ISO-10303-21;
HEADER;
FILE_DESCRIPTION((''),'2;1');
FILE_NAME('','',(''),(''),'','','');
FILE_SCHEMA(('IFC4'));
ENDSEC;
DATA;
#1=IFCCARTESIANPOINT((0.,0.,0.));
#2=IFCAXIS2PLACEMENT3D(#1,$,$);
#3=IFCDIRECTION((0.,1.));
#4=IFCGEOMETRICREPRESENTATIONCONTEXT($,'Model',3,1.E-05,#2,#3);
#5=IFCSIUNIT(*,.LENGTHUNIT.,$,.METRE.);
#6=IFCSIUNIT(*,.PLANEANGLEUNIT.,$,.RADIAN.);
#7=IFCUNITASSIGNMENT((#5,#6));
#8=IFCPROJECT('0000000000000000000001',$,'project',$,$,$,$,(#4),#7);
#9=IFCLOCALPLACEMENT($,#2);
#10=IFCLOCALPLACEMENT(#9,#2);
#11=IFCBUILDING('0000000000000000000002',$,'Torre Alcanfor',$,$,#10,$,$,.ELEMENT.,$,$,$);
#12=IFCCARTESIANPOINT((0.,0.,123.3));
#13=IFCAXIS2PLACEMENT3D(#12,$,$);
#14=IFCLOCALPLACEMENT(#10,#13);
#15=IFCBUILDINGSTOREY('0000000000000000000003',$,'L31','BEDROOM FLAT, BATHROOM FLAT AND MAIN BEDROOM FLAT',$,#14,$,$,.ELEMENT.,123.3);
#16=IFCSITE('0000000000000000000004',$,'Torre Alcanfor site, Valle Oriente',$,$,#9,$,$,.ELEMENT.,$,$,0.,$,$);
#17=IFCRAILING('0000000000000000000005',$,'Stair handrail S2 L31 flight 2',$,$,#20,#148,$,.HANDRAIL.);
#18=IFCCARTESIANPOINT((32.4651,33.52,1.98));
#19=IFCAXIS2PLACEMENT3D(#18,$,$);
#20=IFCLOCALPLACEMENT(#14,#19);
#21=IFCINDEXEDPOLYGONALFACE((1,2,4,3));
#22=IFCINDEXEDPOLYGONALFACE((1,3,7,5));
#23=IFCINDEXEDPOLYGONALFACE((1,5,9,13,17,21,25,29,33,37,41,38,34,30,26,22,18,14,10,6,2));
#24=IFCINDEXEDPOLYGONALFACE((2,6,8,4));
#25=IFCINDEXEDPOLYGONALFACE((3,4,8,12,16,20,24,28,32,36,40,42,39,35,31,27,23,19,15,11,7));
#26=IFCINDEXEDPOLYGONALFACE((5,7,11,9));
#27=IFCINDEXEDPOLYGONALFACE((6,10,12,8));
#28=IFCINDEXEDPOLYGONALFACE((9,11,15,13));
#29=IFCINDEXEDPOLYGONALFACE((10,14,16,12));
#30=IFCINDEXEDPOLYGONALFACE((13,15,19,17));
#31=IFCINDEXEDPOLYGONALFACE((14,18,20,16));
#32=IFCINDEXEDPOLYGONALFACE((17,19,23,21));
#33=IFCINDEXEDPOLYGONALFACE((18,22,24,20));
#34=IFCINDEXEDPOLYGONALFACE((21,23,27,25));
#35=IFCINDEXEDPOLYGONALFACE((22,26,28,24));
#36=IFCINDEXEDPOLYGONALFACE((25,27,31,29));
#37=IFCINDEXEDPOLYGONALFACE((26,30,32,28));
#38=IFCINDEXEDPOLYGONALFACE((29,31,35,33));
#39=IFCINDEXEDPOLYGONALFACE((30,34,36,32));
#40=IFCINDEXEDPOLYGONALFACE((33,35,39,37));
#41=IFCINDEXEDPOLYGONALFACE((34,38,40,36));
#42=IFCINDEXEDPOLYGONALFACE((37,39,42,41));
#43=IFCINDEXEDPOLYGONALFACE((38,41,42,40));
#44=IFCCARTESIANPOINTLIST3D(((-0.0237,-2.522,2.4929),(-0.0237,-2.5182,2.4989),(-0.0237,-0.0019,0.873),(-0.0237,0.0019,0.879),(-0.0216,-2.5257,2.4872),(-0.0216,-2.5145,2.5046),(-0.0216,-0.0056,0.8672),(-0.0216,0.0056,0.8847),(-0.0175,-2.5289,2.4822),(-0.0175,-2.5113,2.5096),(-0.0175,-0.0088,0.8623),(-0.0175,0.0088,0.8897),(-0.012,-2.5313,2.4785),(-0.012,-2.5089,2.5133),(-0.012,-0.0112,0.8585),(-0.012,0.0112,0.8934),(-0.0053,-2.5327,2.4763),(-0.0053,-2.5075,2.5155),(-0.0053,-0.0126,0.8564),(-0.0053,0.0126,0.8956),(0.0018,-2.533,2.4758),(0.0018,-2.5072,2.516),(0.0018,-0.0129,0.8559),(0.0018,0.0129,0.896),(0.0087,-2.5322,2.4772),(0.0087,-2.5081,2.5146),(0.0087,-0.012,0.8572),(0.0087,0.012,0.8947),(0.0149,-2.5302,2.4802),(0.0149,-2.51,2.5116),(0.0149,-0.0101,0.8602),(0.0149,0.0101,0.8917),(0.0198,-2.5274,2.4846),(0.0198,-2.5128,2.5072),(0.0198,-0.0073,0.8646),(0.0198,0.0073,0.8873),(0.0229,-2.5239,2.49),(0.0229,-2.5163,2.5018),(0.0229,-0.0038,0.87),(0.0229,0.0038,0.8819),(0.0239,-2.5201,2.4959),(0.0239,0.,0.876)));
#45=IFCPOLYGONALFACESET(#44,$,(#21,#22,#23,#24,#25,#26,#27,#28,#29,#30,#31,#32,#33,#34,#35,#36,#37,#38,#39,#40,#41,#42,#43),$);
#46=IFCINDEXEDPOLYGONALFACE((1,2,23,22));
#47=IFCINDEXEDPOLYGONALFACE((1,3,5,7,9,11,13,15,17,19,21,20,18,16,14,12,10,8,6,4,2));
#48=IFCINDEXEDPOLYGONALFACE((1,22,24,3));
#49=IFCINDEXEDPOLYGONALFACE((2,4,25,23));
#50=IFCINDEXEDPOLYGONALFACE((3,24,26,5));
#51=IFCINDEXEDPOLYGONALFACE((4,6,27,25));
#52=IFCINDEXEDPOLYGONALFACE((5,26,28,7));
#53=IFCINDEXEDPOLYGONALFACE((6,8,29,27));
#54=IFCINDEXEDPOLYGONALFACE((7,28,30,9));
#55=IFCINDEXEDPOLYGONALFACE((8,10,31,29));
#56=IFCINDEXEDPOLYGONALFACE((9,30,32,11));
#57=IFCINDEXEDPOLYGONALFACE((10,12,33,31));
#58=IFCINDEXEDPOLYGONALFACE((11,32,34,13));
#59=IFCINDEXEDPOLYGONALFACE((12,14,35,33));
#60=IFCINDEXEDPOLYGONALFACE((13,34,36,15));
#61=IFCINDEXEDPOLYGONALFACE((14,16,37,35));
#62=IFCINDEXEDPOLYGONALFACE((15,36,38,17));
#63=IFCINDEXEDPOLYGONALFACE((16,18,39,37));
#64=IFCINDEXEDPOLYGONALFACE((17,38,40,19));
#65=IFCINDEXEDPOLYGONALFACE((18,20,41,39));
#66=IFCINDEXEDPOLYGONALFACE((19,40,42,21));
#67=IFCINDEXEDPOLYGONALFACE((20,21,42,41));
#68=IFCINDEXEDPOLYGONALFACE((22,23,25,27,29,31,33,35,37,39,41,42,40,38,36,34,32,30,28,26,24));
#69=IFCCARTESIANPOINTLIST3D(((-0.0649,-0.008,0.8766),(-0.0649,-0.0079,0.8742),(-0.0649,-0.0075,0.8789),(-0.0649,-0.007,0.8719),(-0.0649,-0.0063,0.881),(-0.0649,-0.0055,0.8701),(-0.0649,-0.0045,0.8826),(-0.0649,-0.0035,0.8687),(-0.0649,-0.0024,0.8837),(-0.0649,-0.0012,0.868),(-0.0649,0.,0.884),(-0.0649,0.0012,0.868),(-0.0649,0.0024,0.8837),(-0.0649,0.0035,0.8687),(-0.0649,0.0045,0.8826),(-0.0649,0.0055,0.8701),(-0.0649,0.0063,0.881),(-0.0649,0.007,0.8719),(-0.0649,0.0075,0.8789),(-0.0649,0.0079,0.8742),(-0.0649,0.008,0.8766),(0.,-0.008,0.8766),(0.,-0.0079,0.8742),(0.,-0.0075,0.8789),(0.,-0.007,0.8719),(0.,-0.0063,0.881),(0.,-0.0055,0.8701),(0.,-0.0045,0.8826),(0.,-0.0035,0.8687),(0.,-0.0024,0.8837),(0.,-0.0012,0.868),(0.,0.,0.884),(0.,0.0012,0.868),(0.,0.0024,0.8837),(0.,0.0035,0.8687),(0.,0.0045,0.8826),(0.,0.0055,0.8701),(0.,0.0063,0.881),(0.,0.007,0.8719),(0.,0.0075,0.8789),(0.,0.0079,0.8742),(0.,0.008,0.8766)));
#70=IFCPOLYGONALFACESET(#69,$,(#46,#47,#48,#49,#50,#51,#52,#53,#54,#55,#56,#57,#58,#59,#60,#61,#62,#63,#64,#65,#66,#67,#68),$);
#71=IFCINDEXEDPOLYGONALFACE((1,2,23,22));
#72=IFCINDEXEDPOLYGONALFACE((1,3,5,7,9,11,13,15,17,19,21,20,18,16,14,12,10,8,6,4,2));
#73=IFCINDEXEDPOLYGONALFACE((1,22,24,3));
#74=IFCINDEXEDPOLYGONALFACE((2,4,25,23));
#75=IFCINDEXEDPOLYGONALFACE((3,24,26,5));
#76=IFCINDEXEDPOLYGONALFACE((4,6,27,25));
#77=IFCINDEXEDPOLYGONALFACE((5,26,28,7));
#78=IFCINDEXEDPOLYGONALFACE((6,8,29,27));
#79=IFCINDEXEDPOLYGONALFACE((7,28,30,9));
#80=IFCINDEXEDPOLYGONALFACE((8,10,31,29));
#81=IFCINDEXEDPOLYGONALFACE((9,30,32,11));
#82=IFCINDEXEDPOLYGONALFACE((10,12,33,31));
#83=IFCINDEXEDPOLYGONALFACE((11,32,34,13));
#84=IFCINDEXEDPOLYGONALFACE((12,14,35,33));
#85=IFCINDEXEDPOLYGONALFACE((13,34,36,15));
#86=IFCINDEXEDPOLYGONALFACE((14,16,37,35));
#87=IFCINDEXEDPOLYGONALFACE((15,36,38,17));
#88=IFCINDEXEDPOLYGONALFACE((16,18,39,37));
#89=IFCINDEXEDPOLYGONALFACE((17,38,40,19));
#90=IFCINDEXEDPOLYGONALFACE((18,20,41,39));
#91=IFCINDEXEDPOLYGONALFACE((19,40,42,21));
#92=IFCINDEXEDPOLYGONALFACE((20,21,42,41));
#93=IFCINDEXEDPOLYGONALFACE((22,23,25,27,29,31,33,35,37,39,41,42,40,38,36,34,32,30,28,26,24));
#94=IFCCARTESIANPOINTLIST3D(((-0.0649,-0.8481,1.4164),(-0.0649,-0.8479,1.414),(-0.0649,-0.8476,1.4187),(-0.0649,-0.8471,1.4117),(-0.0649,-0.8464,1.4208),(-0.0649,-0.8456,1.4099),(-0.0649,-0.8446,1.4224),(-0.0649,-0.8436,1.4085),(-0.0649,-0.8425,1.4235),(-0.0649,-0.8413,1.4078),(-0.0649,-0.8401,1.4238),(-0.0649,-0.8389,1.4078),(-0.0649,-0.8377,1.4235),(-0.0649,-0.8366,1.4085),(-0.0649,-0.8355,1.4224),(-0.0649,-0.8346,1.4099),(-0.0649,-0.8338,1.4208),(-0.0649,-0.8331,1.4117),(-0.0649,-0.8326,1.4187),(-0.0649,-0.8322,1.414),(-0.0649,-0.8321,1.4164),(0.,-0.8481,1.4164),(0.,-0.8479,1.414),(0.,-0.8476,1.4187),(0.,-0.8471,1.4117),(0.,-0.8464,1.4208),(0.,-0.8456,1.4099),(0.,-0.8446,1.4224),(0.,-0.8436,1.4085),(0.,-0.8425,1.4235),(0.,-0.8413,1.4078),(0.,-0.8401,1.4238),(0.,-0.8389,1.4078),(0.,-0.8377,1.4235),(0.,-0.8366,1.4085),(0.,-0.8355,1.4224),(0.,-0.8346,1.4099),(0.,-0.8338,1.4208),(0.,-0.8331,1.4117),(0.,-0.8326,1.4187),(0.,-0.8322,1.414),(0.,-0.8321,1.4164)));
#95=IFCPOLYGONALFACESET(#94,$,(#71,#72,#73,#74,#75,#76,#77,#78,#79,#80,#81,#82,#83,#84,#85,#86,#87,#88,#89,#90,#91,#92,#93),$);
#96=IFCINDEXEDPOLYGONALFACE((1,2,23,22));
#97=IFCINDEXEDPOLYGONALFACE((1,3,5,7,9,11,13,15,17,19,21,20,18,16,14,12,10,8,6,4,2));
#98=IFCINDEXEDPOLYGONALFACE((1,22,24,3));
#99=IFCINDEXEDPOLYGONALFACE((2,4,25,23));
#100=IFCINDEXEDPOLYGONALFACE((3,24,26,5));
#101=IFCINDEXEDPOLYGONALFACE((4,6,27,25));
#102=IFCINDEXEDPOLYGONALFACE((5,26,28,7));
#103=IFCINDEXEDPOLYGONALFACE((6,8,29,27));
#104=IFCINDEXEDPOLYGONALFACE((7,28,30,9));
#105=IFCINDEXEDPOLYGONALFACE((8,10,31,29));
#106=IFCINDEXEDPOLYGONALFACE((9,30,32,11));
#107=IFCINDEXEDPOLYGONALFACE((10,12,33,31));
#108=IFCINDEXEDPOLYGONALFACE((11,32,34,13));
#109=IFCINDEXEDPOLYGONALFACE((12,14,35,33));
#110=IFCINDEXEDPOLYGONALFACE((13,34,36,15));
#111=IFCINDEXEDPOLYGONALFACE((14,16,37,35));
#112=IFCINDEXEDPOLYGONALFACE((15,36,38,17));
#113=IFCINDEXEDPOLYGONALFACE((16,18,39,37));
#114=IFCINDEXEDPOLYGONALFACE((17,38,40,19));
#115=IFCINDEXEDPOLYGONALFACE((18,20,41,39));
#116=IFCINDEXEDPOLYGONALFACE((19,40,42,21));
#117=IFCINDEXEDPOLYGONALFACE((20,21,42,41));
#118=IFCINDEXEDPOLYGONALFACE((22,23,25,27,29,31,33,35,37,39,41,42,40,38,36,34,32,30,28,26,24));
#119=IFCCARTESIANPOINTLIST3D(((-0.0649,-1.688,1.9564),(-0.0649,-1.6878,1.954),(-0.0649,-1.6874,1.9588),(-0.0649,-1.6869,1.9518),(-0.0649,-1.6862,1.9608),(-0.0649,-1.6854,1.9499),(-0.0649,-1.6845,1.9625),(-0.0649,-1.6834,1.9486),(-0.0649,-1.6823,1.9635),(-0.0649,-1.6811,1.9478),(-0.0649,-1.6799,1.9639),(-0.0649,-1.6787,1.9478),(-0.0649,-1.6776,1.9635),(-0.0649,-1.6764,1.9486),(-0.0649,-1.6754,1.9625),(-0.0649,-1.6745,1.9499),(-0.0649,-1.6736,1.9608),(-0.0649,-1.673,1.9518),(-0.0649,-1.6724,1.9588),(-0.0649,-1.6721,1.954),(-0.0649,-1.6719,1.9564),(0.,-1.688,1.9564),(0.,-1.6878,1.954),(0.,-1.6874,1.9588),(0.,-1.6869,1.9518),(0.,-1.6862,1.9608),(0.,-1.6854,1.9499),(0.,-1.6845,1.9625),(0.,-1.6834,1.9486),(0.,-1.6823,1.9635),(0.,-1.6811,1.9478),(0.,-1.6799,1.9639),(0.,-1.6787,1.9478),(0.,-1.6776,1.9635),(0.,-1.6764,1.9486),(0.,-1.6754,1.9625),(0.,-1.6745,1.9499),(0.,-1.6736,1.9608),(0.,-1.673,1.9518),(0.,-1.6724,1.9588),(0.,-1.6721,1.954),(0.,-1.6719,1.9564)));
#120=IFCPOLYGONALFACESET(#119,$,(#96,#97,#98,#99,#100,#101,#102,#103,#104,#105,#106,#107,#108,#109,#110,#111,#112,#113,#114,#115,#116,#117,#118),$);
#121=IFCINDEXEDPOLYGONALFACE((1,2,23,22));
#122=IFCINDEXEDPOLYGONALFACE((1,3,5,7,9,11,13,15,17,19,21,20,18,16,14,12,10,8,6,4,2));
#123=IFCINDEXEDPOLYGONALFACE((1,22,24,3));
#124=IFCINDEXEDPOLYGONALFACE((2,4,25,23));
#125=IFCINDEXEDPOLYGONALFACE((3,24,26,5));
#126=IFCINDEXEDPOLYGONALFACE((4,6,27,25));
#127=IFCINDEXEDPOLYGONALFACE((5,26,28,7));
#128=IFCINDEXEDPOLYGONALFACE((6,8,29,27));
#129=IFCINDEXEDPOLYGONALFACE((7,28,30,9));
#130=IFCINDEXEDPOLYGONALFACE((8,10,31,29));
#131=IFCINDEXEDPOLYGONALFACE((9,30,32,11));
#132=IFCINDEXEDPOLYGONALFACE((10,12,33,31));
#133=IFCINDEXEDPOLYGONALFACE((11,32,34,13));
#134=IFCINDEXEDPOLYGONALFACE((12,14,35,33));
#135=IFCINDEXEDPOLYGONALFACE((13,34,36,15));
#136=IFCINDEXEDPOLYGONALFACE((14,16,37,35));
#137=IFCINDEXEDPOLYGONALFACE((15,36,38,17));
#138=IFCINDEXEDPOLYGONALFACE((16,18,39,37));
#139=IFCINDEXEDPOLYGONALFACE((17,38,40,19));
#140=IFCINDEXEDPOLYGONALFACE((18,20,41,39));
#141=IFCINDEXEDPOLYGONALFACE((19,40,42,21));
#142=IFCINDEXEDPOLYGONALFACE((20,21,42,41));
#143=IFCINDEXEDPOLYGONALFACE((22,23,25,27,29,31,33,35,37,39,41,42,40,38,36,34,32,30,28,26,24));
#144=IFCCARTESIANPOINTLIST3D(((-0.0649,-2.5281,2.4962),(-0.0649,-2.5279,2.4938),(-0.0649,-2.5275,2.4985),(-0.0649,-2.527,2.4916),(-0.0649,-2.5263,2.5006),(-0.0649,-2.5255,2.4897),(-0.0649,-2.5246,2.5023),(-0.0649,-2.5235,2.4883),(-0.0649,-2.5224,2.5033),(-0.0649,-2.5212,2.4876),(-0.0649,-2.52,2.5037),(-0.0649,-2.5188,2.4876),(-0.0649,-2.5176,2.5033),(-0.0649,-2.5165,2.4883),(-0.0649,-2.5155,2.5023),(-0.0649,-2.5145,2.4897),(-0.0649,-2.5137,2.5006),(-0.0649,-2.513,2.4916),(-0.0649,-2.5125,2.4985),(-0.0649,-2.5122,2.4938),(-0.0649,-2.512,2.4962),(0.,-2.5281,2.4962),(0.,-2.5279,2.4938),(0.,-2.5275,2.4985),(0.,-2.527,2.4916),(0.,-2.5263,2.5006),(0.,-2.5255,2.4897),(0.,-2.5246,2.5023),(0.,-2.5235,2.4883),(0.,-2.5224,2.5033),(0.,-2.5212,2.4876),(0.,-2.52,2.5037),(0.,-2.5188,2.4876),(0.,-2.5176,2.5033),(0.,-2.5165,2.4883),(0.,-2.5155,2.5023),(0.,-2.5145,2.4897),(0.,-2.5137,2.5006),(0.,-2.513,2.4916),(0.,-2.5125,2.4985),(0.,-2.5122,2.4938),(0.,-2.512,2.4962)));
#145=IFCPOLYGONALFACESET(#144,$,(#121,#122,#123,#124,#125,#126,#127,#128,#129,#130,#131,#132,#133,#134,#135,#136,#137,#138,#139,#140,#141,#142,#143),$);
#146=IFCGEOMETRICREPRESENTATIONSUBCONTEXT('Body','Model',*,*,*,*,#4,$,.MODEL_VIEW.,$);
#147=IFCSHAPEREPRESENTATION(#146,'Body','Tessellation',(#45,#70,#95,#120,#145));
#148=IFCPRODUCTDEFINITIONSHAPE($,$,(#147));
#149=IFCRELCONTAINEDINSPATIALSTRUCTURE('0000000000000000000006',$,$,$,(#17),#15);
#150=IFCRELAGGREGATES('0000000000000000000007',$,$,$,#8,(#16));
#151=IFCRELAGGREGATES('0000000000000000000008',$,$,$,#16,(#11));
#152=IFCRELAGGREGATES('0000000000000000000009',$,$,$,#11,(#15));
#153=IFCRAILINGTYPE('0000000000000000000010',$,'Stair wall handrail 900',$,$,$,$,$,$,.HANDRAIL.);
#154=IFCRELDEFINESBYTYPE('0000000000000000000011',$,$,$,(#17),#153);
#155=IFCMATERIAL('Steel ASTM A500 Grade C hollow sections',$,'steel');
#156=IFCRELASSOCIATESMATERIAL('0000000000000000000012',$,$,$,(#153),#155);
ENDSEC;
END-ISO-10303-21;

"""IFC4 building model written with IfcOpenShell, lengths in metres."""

from ifc_helpers import new_model, si_unit, direction, frame, origin, origin_2d, place, context, subcontext, project, spatial, circle, extrude, material, type_object, element, save


model = new_model("IFC4")

# Units and contexts
model_context = context("Model", 3, precision=1e-05, world=origin(), true_north=direction((0.0, 1.0)))
body_context = subcontext(model_context, "Body", "Model", "MODEL_VIEW")
ifc_project = project(units=[si_unit("LENGTHUNIT", "METRE"), si_unit("PLANEANGLEUNIT", "RADIAN")], contexts=[model_context])

# Site, building, storey
site_placement = place(None, origin())
site = spatial("IfcSite", under=ifc_project, at=site_placement, Name="Torre Alcanfor site, Valle Oriente", CompositionType="ELEMENT", RefElevation=0.0)
building_placement = place(site_placement, origin())
building = spatial("IfcBuilding", under=site, at=building_placement, Name="Torre Alcanfor", CompositionType="ELEMENT")
storey_placement = place(building_placement, frame((0.0, 0.0, 123.3)))
storey = spatial("IfcBuildingStorey", under=building, at=storey_placement, Name="L31", Description="BEDROOM FLAT, BATHROOM FLAT AND MAIN BEDROOM FLAT", CompositionType="ELEMENT", Elevation=123.3)

# Railing
ifc_material_1 = material(Name="Steel ASTM A500 Grade C hollow sections", Category="steel")
railing_type_1 = type_object("IfcRailingType", Name="Stair wall handrail 900", PredefinedType="HANDRAIL", material=ifc_material_1)
railing_1_placement = place(storey_placement, frame((32.4651, 33.52, 1.98)))
element("IfcRailing", 1, at=railing_1_placement, inside=storey, type_object=railing_type_1, Name="Stair handrail S2 L31 flight 2", PredefinedType="HANDRAIL", context=body_context, shape_type="SweptSolid", body=[
    extrude(circle(Radius=0.0239, at=origin_2d()), frame((0.0, 0.0, 0.876), z_axis=(0.0, -0.8412, 0.540725), x_axis=(1.0, 0.0, 0.0)), (0.0, 0.0, 1.0), 2.9958),
    extrude(circle(Radius=0.0081, at=origin_2d()), frame((0.0, 0.0, 0.876), z_axis=(-1.0, 0.0, 0.0), x_axis=(0.0, 0.0, 1.0)), (0.0, 0.0, 1.0), 0.0649),
    extrude(circle(Radius=0.0081, at=origin_2d()), frame((0.0, -0.8401, 1.4158), z_axis=(-1.0, 0.0, 0.0), x_axis=(0.0, 0.0, 1.0)), (0.0, 0.0, 1.0), 0.0649),
    extrude(circle(Radius=0.0081, at=origin_2d()), frame((0.0, -1.6799, 1.9558), z_axis=(-1.0, 0.0, 0.0), x_axis=(0.0, 0.0, 1.0)), (0.0, 0.0, 1.0), 0.0649),
    extrude(circle(Radius=0.0081, at=origin_2d()), frame((0.0, -2.52, 2.4956), z_axis=(-1.0, 0.0, 0.0), x_axis=(0.0, 0.0, 1.0)), (0.0, 0.0, 1.0), 0.0649),
])

save(model, "model.ifc")
